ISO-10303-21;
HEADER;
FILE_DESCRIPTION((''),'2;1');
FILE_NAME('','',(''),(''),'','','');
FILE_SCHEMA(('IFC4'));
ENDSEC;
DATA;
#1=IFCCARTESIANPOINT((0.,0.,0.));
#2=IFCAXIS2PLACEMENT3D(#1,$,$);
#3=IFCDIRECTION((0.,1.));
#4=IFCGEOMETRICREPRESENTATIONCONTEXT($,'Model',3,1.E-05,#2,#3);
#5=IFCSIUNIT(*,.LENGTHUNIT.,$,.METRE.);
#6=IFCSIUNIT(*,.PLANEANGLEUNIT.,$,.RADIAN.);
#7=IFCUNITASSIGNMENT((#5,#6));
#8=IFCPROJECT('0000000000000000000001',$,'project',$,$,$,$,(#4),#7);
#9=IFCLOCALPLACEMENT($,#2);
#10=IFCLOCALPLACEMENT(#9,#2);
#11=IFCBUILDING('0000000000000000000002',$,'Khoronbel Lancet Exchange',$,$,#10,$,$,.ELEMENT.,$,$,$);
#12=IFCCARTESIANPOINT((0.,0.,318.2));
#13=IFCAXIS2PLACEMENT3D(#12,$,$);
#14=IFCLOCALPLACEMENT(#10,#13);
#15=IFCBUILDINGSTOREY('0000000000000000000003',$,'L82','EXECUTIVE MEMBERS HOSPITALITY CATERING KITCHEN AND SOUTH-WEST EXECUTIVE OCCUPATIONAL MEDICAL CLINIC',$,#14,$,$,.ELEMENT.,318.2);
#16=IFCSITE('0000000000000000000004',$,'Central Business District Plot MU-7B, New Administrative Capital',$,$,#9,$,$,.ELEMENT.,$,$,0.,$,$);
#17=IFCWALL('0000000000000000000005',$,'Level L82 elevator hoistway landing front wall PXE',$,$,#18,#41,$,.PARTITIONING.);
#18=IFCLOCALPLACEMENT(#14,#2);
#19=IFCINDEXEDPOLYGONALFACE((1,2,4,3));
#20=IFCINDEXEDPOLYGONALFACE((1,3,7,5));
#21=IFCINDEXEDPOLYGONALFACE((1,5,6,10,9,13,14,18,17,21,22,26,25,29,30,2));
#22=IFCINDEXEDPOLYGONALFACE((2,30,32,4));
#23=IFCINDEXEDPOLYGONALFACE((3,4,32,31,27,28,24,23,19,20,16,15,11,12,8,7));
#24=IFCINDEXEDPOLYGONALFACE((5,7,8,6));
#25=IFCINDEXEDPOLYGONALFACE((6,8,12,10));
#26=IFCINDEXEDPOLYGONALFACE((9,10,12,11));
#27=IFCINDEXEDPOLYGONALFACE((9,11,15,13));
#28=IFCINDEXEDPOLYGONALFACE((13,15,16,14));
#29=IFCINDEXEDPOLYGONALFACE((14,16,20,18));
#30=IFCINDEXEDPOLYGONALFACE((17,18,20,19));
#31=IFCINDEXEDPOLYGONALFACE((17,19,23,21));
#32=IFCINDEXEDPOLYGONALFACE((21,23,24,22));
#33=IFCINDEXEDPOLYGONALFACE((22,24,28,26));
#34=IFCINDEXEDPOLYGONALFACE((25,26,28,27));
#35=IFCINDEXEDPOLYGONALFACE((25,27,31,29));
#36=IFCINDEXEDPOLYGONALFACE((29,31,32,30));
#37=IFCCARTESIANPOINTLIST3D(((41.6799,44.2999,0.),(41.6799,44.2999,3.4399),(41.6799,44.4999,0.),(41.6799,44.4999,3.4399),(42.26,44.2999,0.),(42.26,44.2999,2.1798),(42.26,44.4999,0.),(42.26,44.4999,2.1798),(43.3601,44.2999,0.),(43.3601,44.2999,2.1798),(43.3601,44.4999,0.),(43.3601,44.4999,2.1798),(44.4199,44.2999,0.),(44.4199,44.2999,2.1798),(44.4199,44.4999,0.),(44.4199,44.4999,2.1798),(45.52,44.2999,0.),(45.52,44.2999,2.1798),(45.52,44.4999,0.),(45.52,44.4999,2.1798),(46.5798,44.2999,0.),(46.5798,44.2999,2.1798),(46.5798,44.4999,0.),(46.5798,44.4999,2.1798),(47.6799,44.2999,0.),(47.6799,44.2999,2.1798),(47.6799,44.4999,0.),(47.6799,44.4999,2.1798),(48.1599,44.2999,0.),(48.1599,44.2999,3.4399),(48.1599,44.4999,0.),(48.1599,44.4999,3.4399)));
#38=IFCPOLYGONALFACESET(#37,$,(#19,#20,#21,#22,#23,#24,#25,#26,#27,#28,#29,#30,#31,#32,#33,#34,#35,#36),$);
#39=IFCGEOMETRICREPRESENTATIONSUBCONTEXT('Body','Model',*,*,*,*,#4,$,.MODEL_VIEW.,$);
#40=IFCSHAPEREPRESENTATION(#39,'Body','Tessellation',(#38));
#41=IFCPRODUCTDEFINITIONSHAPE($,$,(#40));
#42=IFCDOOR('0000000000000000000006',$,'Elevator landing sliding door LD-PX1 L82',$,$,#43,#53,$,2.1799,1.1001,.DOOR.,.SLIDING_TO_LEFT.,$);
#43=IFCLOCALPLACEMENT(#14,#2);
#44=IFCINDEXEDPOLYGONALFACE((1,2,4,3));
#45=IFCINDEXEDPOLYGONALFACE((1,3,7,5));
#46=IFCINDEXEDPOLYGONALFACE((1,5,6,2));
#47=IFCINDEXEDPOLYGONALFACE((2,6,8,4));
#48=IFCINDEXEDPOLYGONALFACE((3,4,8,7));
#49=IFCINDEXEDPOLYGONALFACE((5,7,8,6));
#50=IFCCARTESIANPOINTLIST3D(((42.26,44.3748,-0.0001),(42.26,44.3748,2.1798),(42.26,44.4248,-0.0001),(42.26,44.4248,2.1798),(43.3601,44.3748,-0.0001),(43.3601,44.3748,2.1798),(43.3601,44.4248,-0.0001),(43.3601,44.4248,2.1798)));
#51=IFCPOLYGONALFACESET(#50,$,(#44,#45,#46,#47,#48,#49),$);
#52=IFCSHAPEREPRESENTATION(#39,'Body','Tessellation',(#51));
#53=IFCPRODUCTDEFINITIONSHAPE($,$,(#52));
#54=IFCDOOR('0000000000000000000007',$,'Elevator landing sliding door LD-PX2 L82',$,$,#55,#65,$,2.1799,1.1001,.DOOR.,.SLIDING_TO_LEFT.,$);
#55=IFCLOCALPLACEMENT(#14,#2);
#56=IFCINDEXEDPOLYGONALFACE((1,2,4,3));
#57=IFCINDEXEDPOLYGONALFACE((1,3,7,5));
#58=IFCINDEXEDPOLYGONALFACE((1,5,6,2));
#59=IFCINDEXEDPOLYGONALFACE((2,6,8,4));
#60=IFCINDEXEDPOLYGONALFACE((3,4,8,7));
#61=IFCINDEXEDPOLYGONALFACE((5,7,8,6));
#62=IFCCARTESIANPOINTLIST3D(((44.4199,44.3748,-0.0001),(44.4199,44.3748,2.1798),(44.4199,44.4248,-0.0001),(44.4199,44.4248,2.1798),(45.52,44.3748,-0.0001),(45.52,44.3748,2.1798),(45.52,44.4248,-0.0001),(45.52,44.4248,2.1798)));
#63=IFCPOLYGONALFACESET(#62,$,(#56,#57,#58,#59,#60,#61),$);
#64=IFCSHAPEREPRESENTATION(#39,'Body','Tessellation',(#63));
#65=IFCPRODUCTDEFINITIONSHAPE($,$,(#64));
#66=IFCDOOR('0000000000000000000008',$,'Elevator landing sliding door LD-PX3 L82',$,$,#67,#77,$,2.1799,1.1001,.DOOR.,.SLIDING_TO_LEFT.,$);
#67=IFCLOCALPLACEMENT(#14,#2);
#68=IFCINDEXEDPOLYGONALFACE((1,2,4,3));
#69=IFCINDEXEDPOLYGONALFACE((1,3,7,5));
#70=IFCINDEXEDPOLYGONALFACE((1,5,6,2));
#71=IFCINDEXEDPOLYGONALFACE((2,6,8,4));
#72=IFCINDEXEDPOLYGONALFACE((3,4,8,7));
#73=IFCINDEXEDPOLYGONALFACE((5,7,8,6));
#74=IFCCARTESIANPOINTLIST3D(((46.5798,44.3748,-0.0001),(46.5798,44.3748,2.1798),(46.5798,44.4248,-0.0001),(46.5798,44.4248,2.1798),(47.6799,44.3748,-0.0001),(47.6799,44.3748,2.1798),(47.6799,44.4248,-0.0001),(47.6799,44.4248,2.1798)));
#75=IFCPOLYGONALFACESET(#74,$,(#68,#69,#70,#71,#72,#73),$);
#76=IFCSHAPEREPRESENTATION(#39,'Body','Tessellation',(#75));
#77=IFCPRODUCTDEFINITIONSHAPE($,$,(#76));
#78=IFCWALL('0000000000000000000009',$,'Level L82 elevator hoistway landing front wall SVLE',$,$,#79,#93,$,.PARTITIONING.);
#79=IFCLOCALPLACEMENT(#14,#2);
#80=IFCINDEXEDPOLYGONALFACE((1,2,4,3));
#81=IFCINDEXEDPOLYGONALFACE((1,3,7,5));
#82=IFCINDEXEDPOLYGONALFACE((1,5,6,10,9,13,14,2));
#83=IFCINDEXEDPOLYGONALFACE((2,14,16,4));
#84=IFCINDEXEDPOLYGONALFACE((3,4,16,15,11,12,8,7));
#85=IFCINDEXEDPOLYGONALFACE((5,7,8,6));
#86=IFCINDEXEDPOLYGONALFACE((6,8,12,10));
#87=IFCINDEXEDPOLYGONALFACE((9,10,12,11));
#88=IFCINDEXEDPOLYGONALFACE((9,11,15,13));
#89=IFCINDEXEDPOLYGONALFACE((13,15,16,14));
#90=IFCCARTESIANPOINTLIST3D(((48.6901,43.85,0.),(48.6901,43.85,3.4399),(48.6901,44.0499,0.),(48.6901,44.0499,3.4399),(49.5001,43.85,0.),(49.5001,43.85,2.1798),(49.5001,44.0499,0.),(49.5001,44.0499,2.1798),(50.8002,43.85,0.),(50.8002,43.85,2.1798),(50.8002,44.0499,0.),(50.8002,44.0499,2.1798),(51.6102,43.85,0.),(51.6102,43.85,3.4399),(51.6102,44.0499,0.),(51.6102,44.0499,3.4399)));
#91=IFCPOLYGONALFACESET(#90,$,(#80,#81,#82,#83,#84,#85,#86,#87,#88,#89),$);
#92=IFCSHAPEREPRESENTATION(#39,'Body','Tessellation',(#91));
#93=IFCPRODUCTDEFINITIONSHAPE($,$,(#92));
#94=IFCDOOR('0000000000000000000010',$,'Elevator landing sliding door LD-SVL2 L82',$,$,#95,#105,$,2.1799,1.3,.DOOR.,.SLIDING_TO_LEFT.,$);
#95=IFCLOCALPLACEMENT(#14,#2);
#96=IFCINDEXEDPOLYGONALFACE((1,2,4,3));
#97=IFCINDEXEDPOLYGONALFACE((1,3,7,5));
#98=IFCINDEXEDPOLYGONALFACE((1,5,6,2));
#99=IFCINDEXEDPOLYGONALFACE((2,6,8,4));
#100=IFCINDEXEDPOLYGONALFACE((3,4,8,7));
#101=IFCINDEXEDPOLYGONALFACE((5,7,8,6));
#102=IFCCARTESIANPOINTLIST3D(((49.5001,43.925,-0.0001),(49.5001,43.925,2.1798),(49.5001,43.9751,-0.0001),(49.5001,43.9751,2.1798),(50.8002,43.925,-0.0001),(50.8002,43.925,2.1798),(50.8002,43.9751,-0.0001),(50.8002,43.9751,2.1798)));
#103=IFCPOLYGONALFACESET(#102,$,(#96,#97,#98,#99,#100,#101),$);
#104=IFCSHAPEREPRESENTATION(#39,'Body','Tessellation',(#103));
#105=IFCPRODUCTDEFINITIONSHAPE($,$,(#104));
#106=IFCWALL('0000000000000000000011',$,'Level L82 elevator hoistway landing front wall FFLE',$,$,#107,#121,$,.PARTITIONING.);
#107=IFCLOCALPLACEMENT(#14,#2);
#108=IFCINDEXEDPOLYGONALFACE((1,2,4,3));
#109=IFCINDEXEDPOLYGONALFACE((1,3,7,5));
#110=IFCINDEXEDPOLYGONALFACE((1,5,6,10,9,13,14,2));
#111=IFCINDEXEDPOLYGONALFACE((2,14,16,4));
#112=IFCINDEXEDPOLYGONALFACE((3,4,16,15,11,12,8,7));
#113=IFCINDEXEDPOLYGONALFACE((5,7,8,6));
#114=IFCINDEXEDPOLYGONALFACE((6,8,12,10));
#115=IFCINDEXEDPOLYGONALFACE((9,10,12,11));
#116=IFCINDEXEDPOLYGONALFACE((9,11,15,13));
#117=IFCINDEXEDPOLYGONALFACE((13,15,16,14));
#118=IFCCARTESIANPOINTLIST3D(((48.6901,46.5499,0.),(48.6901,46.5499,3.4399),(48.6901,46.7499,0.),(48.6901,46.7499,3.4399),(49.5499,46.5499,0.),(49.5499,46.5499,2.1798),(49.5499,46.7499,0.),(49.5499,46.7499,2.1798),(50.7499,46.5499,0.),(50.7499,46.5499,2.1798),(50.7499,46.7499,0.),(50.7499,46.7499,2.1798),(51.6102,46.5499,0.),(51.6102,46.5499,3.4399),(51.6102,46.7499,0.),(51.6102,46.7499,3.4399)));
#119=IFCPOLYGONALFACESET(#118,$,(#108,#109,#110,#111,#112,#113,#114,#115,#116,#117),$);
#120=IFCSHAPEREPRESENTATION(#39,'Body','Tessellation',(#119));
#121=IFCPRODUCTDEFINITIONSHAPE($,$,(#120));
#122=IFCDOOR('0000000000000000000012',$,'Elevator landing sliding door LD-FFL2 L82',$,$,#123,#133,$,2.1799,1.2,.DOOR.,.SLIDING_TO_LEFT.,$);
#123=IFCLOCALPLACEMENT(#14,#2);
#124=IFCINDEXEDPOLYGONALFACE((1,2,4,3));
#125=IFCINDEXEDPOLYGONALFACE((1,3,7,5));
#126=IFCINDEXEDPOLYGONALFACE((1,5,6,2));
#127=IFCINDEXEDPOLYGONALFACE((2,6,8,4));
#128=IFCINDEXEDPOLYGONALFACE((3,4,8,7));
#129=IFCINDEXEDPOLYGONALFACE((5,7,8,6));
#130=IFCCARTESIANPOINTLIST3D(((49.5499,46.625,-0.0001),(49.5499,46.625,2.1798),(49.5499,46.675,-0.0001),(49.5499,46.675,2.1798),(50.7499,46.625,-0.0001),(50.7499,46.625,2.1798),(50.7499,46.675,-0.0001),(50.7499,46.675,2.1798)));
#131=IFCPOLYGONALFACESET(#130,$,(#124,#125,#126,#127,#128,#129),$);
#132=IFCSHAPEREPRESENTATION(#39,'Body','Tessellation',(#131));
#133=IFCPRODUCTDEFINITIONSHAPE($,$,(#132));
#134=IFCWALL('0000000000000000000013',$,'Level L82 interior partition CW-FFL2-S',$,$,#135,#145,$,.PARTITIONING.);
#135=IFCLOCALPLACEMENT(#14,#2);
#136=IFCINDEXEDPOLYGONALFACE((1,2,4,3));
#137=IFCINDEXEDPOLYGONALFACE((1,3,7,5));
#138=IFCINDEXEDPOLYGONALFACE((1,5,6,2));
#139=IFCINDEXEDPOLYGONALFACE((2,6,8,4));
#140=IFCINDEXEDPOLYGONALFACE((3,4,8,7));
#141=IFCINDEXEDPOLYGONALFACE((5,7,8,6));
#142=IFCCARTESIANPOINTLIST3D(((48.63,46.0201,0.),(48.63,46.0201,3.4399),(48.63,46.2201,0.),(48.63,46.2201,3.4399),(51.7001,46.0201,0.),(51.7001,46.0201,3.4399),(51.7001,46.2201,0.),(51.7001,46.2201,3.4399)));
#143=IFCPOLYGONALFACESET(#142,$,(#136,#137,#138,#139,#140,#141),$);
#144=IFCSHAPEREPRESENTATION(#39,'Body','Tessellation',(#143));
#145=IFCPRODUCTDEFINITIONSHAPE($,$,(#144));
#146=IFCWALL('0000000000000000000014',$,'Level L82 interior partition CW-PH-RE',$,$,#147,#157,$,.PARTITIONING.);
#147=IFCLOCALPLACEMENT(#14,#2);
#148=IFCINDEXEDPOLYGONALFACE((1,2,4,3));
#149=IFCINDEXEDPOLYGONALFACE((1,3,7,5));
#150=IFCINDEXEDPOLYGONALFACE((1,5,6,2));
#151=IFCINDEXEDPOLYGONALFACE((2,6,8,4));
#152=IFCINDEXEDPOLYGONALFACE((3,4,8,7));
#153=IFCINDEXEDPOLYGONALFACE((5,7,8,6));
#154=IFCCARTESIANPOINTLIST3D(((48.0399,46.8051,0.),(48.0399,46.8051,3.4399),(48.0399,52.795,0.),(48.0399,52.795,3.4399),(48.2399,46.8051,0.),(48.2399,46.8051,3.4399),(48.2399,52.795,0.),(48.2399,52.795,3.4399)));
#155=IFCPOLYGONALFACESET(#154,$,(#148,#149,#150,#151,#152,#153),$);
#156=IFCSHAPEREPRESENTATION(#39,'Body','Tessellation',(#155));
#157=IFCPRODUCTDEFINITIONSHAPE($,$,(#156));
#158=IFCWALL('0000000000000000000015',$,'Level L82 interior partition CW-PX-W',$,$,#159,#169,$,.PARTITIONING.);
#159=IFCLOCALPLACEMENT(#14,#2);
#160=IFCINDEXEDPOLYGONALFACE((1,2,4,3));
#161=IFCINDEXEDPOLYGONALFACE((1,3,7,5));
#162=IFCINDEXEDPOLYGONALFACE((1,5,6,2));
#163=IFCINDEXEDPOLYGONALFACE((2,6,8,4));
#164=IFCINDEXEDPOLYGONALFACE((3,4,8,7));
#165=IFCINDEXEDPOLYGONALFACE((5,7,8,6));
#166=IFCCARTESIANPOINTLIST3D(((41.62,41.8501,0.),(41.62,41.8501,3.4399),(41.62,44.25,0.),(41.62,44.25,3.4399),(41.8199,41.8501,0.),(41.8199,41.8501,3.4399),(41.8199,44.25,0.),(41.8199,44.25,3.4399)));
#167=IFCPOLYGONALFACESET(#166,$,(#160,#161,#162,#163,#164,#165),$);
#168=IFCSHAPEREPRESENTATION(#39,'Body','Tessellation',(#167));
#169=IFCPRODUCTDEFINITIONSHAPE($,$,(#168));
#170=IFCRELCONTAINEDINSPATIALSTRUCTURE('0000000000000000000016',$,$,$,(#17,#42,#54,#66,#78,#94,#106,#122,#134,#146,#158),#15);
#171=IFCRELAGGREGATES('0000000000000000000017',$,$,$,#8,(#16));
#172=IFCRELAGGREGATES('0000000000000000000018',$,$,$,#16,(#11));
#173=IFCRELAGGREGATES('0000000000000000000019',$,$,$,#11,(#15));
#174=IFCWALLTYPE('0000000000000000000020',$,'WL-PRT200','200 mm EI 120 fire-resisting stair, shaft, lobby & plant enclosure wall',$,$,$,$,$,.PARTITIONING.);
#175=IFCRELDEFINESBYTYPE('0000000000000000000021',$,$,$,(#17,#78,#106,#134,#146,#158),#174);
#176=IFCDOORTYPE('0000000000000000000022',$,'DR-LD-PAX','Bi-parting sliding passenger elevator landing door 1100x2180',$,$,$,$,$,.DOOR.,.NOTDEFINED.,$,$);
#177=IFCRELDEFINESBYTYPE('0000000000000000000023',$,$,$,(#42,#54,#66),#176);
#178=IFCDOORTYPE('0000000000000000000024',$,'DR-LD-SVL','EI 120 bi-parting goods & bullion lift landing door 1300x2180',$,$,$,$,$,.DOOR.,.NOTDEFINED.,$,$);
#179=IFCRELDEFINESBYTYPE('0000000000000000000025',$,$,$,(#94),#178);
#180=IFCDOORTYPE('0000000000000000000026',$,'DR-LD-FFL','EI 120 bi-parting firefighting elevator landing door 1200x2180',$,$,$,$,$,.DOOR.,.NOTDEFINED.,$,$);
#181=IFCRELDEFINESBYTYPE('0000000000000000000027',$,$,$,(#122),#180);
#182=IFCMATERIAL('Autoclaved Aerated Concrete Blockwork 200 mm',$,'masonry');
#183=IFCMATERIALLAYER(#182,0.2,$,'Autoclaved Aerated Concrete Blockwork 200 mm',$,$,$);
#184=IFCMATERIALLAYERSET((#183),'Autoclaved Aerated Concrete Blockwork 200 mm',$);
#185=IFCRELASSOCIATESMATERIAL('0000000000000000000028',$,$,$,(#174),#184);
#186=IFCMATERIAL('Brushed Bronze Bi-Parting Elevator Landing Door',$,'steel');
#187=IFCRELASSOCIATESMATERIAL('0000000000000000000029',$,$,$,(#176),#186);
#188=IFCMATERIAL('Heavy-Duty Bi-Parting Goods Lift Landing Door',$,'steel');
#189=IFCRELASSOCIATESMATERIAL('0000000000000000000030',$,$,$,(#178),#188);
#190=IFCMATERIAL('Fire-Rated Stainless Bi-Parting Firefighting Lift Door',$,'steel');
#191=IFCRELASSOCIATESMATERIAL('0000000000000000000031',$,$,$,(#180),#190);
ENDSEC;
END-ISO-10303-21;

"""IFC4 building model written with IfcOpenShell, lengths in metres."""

from ifc_helpers import new_model, si_unit, direction, frame, frame_2d, origin, place, context, subcontext, project, spatial, rectangle, extrude, material, layer, layer_set, type_object, element, fill, save


model = new_model("IFC4")

# Units and contexts
model_context = context("Model", 3, precision=1e-05, world=origin(), true_north=direction((0.0, 1.0)))
body_context = subcontext(model_context, "Body", "Model", "MODEL_VIEW")
ifc_project = project(units=[si_unit("LENGTHUNIT", "METRE"), si_unit("PLANEANGLEUNIT", "RADIAN")], contexts=[model_context])

# Site, building, storey
site_placement = place(None, origin())
site = spatial("IfcSite", under=ifc_project, at=site_placement, Name="Central Business District Plot MU-7B, New Administrative Capital", CompositionType="ELEMENT", RefElevation=0.0)
building_placement = place(site_placement, origin())
building = spatial("IfcBuilding", under=site, at=building_placement, Name="Khoronbel Lancet Exchange", CompositionType="ELEMENT")
storey_placement = place(building_placement, frame((0.0, 0.0, 318.2)))
storey = spatial("IfcBuildingStorey", under=building, at=storey_placement, Name="L82", Description="EXECUTIVE MEMBERS HOSPITALITY CATERING KITCHEN AND SOUTH-WEST EXECUTIVE OCCUPATIONAL MEDICAL CLINIC", CompositionType="ELEMENT", Elevation=318.2)

# Wall, openings, doors
ifc_material_1 = material(Name="Autoclaved Aerated Concrete Blockwork 200 mm", Category="masonry")
ifc_layer_1 = layer(ifc_material_1, 0.2, Name="Autoclaved Aerated Concrete Blockwork 200 mm")
ifc_layer_set_1 = layer_set([ifc_layer_1], Name="Autoclaved Aerated Concrete Blockwork 200 mm")
wall_type_1 = type_object("IfcWallType", Name="WL-PRT200", Description="200 mm EI 120 fire-resisting stair, shaft, lobby & plant enclosure wall", PredefinedType="PARTITIONING", material=ifc_layer_set_1)
wall_1_placement = place(storey_placement, frame((41.6799, 44.3999, 0.0), z_axis=(0.0, 0.0, 1.0), x_axis=(1.0, 0.0, 0.0)))
wall_1 = element("IfcWall", 1, at=wall_1_placement, inside=storey, type_object=wall_type_1, Name="Level L82 elevator hoistway landing front wall PXE", PredefinedType="PARTITIONING", context=body_context, shape_type="SweptSolid", body=[
    extrude(rectangle(XDim=6.48, YDim=0.2, at=frame_2d((3.24, 0.0))), origin(), (0.0, 0.0, 1.0), 3.4399),
])
opening_1_placement = place(wall_1_placement, frame((0.5801, 0.0, 0.0)))
opening_1 = element("IfcOpeningElement", 2, at=opening_1_placement, cuts=wall_1, PredefinedType="OPENING", context=body_context, shape_type="SweptSolid", body=[
    extrude(rectangle(XDim=1.1001, YDim=2.1799, at=frame_2d((0.55, 1.0898))), frame((0.0, 0.1099, 0.0), z_axis=(0.0, -1.0, 0.0), x_axis=(1.0, 0.0, 0.0)), (0.0, 0.0, 1.0), 0.22),
])
opening_2_placement = place(wall_1_placement, frame((2.74, 0.0, 0.0)))
opening_2 = element("IfcOpeningElement", 3, at=opening_2_placement, cuts=wall_1, PredefinedType="OPENING", context=body_context, shape_type="SweptSolid", body=[
    extrude(rectangle(XDim=1.1001, YDim=2.1799, at=frame_2d((0.55, 1.0898))), frame((0.0, 0.1099, 0.0), z_axis=(0.0, -1.0, 0.0), x_axis=(1.0, 0.0, 0.0)), (0.0, 0.0, 1.0), 0.22),
])
opening_3_placement = place(wall_1_placement, frame((4.8999, 0.0, 0.0)))
opening_3 = element("IfcOpeningElement", 4, at=opening_3_placement, cuts=wall_1, PredefinedType="OPENING", context=body_context, shape_type="SweptSolid", body=[
    extrude(rectangle(XDim=1.1001, YDim=2.1799, at=frame_2d((0.55, 1.0898))), frame((0.0, 0.1099, 0.0), z_axis=(0.0, -1.0, 0.0), x_axis=(1.0, 0.0, 0.0)), (0.0, 0.0, 1.0), 0.22),
])
ifc_material_2 = material(Name="Brushed Bronze Bi-Parting Elevator Landing Door", Category="steel")
door_type_1 = type_object("IfcDoorType", Name="DR-LD-PAX", Description="Bi-parting sliding passenger elevator landing door 1100x2180", OperationType="NOTDEFINED", PredefinedType="DOOR", material=ifc_material_2)
door_1_placement = place(opening_1_placement, origin())
door_1 = element("IfcDoor", 5, at=door_1_placement, inside=storey, type_object=door_type_1, Name="Elevator landing sliding door LD-PX1 L82", OperationType="SLIDING_TO_LEFT", OverallHeight=2.1799, OverallWidth=1.1001, PredefinedType="DOOR", context=body_context, shape_type="SweptSolid", body=[
    extrude(rectangle(XDim=1.1001, YDim=2.1799, at=frame_2d((0.55, 1.0898))), frame((0.0, 0.0249, 0.0), z_axis=(0.0, -1.0, 0.0), x_axis=(1.0, 0.0, 0.0)), (0.0, 0.0, 1.0), 0.05),
])
fill(opening_1, door_1)
door_2_placement = place(opening_2_placement, origin())
door_2 = element("IfcDoor", 6, at=door_2_placement, inside=storey, type_object=door_type_1, Name="Elevator landing sliding door LD-PX2 L82", OperationType="SLIDING_TO_LEFT", OverallHeight=2.1799, OverallWidth=1.1001, PredefinedType="DOOR", context=body_context, shape_type="SweptSolid", body=[
    extrude(rectangle(XDim=1.1001, YDim=2.1799, at=frame_2d((0.55, 1.0898))), frame((0.0, 0.0249, 0.0), z_axis=(0.0, -1.0, 0.0), x_axis=(1.0, 0.0, 0.0)), (0.0, 0.0, 1.0), 0.05),
])
fill(opening_2, door_2)
door_3_placement = place(opening_3_placement, origin())
door_3 = element("IfcDoor", 7, at=door_3_placement, inside=storey, type_object=door_type_1, Name="Elevator landing sliding door LD-PX3 L82", OperationType="SLIDING_TO_LEFT", OverallHeight=2.1799, OverallWidth=1.1001, PredefinedType="DOOR", context=body_context, shape_type="SweptSolid", body=[
    extrude(rectangle(XDim=1.1001, YDim=2.1799, at=frame_2d((0.55, 1.0898))), frame((0.0, 0.0249, 0.0), z_axis=(0.0, -1.0, 0.0), x_axis=(1.0, 0.0, 0.0)), (0.0, 0.0, 1.0), 0.05),
])
fill(opening_3, door_3)

# Walls, openings, doors
wall_2_placement = place(storey_placement, frame((51.6101, 43.95, 0.0), z_axis=(0.0, 0.0, 1.0), x_axis=(-1.0, 0.0, 0.0)))
wall_2 = element("IfcWall", 8, at=wall_2_placement, inside=storey, type_object=wall_type_1, Name="Level L82 elevator hoistway landing front wall SVLE", PredefinedType="PARTITIONING", context=body_context, shape_type="SweptSolid", body=[
    extrude(rectangle(XDim=2.9202, YDim=0.2, at=frame_2d((1.46, 0.0))), origin(), (0.0, 0.0, 1.0), 3.4399),
])
opening_4_placement = place(wall_2_placement, frame((0.8101, 0.0, 0.0)))
opening_4 = element("IfcOpeningElement", 9, at=opening_4_placement, cuts=wall_2, PredefinedType="OPENING", context=body_context, shape_type="SweptSolid", body=[
    extrude(rectangle(XDim=1.3, YDim=2.1799, at=frame_2d((0.6499, 1.0898))), frame((0.0, 0.1099, 0.0), z_axis=(0.0, -1.0, 0.0), x_axis=(1.0, 0.0, 0.0)), (0.0, 0.0, 1.0), 0.22),
])
ifc_material_3 = material(Name="Heavy-Duty Bi-Parting Goods Lift Landing Door", Category="steel")
door_type_2 = type_object("IfcDoorType", Name="DR-LD-SVL", Description="EI 120 bi-parting goods & bullion lift landing door 1300x2180", OperationType="NOTDEFINED", PredefinedType="DOOR", material=ifc_material_3)
door_4_placement = place(opening_4_placement, origin())
door_4 = element("IfcDoor", 10, at=door_4_placement, inside=storey, type_object=door_type_2, Name="Elevator landing sliding door LD-SVL2 L82", OperationType="SLIDING_TO_LEFT", OverallHeight=2.1799, OverallWidth=1.3, PredefinedType="DOOR", context=body_context, shape_type="SweptSolid", body=[
    extrude(rectangle(XDim=1.3, YDim=2.1799, at=frame_2d((0.6499, 1.0898))), frame((0.0, 0.0249, 0.0), z_axis=(0.0, -1.0, 0.0), x_axis=(1.0, 0.0, 0.0)), (0.0, 0.0, 1.0), 0.05),
])
fill(opening_4, door_4)
wall_3_placement = place(storey_placement, frame((51.6101, 46.6499, 0.0), z_axis=(0.0, 0.0, 1.0), x_axis=(-1.0, 0.0, 0.0)))
wall_3 = element("IfcWall", 11, at=wall_3_placement, inside=storey, type_object=wall_type_1, Name="Level L82 elevator hoistway landing front wall FFLE", PredefinedType="PARTITIONING", context=body_context, shape_type="SweptSolid", body=[
    extrude(rectangle(XDim=2.9202, YDim=0.2, at=frame_2d((1.46, 0.0))), origin(), (0.0, 0.0, 1.0), 3.4399),
])
opening_5_placement = place(wall_3_placement, frame((0.8601, 0.0, 0.0)))
opening_5 = element("IfcOpeningElement", 12, at=opening_5_placement, cuts=wall_3, PredefinedType="OPENING", context=body_context, shape_type="SweptSolid", body=[
    extrude(rectangle(XDim=1.2, YDim=2.1799, at=frame_2d((0.6001, 1.0898))), frame((0.0, 0.1099, 0.0), z_axis=(0.0, -1.0, 0.0), x_axis=(1.0, 0.0, 0.0)), (0.0, 0.0, 1.0), 0.22),
])
ifc_material_4 = material(Name="Fire-Rated Stainless Bi-Parting Firefighting Lift Door", Category="steel")
door_type_3 = type_object("IfcDoorType", Name="DR-LD-FFL", Description="EI 120 bi-parting firefighting elevator landing door 1200x2180", OperationType="NOTDEFINED", PredefinedType="DOOR", material=ifc_material_4)
door_5_placement = place(opening_5_placement, origin())
door_5 = element("IfcDoor", 13, at=door_5_placement, inside=storey, type_object=door_type_3, Name="Elevator landing sliding door LD-FFL2 L82", OperationType="SLIDING_TO_LEFT", OverallHeight=2.1799, OverallWidth=1.2, PredefinedType="DOOR", context=body_context, shape_type="SweptSolid", body=[
    extrude(rectangle(XDim=1.2, YDim=2.1799, at=frame_2d((0.6001, 1.0898))), frame((0.0, 0.0249, 0.0), z_axis=(0.0, -1.0, 0.0), x_axis=(1.0, 0.0, 0.0)), (0.0, 0.0, 1.0), 0.05),
])
fill(opening_5, door_5)

# Walls
wall_4_placement = place(storey_placement, frame((48.6299, 46.1201, 0.0), z_axis=(0.0, 0.0, 1.0), x_axis=(1.0, 0.0, 0.0)))
element("IfcWall", 14, at=wall_4_placement, inside=storey, type_object=wall_type_1, Name="Level L82 interior partition CW-FFL2-S", PredefinedType="PARTITIONING", context=body_context, shape_type="SweptSolid", body=[
    extrude(rectangle(XDim=3.0701, YDim=0.2, at=frame_2d((1.5352, 0.0))), origin(), (0.0, 0.0, 1.0), 3.4399),
])
wall_5_placement = place(storey_placement, frame((48.1399, 46.8049, 0.0), z_axis=(0.0, 0.0, 1.0), x_axis=(0.0, 1.0, 0.0)))
element("IfcWall", 15, at=wall_5_placement, inside=storey, type_object=wall_type_1, Name="Level L82 interior partition CW-PH-RE", PredefinedType="PARTITIONING", context=body_context, shape_type="SweptSolid", body=[
    extrude(rectangle(XDim=5.99, YDim=0.2, at=frame_2d((2.9951, 0.0))), origin(), (0.0, 0.0, 1.0), 3.4399),
])
for number, where, z_axis, x_axis, name in (
    (16, (41.72, 41.8501, 0.0), (0.0, 0.0, 1.0), (0.0, 1.0, 0.0), "Level L82 interior partition CW-PX-W"),
):
    element("IfcWall", number, at=place(storey_placement, frame(where, z_axis=z_axis, x_axis=x_axis)), inside=storey, type_object=wall_type_1, Name=name, PredefinedType="PARTITIONING", context=body_context, shape_type="SweptSolid", body=[
        extrude(rectangle(XDim=2.3999, YDim=0.2, at=frame_2d((1.2, 0.0))), origin(), (0.0, 0.0, 1.0), 3.4399),
    ])

save(model, "model.ifc")
